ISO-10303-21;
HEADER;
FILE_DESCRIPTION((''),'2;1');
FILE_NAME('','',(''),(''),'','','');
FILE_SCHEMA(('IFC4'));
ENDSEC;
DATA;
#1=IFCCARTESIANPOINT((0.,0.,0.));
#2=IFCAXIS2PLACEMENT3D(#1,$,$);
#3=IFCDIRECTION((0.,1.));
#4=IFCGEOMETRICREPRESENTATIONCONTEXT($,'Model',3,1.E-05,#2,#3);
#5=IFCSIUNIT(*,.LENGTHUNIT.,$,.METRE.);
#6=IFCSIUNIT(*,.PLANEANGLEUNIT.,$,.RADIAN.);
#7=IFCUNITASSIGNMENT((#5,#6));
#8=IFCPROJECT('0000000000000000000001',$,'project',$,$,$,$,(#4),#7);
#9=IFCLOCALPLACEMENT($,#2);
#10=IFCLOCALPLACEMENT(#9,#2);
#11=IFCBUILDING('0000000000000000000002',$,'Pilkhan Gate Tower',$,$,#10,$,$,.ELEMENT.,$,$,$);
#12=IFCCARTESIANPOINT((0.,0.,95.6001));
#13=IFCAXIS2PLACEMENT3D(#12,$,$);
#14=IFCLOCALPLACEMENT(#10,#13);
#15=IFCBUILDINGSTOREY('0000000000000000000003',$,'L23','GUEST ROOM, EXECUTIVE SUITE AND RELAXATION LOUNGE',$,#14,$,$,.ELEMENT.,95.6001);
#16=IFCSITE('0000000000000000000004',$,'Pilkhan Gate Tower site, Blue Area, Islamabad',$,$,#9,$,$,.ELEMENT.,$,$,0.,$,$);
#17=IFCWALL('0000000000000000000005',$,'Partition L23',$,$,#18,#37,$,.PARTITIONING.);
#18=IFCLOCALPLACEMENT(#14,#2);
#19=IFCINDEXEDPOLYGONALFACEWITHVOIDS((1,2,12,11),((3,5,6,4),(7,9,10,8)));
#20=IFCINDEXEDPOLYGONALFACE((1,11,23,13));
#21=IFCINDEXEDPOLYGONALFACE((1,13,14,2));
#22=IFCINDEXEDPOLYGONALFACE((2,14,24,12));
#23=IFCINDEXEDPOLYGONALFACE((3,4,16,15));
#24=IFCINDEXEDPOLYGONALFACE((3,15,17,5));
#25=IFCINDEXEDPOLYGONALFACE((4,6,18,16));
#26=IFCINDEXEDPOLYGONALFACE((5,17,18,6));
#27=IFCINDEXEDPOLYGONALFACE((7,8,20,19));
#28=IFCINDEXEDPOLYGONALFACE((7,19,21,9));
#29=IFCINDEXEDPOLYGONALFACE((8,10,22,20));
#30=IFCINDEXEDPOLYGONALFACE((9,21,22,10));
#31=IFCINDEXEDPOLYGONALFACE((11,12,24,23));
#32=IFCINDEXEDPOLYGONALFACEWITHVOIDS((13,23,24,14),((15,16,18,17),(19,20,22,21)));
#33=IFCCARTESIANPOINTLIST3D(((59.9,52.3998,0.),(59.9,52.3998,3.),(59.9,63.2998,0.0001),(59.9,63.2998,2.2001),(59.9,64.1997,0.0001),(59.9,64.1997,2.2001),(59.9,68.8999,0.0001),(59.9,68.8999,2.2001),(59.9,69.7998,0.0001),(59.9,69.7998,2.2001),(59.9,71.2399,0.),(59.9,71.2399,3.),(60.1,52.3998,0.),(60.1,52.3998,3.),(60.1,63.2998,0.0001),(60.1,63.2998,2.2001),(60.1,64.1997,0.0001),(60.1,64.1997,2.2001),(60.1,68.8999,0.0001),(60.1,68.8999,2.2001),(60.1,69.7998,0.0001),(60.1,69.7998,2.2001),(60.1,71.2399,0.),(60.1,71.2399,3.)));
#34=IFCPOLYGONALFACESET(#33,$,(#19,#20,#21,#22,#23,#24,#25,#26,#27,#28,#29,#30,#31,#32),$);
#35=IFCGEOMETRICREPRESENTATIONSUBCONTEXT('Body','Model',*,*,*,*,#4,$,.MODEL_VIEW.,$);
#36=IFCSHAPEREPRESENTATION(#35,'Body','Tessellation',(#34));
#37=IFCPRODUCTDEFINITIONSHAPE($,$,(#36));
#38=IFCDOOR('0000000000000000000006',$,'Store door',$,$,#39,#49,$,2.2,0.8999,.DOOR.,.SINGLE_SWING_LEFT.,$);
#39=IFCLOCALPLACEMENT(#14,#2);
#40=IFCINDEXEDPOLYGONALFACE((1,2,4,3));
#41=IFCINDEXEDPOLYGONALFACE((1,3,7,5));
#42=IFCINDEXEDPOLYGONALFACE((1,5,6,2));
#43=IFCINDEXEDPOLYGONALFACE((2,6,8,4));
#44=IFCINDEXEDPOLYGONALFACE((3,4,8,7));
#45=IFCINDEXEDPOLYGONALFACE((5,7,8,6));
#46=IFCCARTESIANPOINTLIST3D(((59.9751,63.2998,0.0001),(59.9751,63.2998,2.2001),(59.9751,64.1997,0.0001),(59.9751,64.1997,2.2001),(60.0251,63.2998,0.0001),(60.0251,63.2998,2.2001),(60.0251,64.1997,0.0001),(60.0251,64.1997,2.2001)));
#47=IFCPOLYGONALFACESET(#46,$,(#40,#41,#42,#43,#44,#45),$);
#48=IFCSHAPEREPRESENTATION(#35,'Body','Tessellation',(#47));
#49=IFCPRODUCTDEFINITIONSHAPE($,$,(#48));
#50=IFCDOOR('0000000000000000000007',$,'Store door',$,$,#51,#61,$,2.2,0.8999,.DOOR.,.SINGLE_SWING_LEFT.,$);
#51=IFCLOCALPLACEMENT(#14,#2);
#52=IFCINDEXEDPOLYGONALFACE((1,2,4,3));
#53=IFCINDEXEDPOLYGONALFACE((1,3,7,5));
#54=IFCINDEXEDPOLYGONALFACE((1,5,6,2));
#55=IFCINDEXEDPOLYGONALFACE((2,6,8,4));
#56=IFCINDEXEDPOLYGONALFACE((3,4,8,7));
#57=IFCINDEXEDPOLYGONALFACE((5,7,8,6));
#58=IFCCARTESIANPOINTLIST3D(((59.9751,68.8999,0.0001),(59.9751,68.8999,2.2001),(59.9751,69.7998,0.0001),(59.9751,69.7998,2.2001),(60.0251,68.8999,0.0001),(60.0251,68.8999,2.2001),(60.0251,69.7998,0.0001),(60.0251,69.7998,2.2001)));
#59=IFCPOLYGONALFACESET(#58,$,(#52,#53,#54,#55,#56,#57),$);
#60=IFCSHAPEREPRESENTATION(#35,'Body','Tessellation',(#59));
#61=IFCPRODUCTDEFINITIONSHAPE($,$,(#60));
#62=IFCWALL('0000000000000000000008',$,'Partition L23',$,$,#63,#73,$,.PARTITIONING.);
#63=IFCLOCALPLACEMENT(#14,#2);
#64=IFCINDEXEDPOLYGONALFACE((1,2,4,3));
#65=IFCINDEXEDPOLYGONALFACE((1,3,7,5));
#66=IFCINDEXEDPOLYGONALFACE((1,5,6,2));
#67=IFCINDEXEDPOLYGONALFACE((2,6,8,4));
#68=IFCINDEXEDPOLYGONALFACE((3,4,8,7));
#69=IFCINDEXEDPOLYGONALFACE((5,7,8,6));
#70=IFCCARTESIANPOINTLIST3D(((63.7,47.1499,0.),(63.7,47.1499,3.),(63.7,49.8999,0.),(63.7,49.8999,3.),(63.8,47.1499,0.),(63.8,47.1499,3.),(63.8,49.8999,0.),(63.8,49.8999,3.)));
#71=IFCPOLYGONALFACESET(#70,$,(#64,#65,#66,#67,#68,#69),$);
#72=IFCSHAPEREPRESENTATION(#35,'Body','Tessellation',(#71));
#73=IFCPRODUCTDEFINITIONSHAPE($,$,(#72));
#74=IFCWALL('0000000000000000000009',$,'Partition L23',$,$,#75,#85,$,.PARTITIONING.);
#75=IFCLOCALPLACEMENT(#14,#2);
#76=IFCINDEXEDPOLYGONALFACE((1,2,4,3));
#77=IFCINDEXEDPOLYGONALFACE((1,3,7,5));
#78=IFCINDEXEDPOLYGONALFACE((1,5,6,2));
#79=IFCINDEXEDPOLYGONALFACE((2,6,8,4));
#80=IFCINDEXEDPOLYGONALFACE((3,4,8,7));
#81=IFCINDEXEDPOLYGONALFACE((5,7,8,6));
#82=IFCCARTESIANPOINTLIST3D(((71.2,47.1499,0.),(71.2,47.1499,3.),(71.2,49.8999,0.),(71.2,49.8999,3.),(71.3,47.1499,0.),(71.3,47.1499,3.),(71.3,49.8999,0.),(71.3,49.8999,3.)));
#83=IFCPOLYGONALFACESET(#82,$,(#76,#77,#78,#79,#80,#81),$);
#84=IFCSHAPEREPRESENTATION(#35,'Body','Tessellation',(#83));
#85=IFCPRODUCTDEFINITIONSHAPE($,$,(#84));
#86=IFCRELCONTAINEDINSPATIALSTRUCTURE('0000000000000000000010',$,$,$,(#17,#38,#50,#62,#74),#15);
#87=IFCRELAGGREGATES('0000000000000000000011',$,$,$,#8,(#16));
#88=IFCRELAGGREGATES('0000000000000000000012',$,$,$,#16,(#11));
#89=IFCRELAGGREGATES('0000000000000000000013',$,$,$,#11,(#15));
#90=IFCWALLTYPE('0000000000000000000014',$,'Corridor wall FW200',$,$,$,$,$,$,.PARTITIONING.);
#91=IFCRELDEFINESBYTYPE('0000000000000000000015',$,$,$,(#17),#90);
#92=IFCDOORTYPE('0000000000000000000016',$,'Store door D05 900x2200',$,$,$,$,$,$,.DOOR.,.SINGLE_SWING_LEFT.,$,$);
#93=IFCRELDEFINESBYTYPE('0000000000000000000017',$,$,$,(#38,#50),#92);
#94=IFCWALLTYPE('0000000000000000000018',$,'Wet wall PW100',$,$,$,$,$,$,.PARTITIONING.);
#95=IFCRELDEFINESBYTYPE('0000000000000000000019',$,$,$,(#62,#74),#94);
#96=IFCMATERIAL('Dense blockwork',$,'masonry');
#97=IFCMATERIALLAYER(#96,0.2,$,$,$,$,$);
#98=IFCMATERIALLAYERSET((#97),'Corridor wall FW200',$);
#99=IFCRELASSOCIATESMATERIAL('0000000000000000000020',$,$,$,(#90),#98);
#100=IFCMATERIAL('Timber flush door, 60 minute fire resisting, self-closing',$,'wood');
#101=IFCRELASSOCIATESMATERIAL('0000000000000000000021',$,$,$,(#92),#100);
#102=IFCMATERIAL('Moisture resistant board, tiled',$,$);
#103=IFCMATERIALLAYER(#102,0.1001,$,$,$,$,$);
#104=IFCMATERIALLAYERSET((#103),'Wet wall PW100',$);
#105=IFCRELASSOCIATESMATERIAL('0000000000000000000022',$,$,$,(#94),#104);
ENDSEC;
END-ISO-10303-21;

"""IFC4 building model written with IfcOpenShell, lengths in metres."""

from ifc_helpers import new_model, si_unit, direction, frame, frame_2d, origin, place, context, subcontext, project, spatial, rectangle, extrude, material, layer, layer_set, type_object, element, fill, save


model = new_model("IFC4")

# Units and contexts
model_context = context("Model", 3, precision=1e-05, world=origin(), true_north=direction((0.0, 1.0)))
body_context = subcontext(model_context, "Body", "Model", "MODEL_VIEW")
ifc_project = project(units=[si_unit("LENGTHUNIT", "METRE"), si_unit("PLANEANGLEUNIT", "RADIAN")], contexts=[model_context])

# Site, building, storey
site_placement = place(None, origin())
site = spatial("IfcSite", under=ifc_project, at=site_placement, Name="Pilkhan Gate Tower site, Blue Area, Islamabad", CompositionType="ELEMENT", RefElevation=0.0)
building_placement = place(site_placement, origin())
building = spatial("IfcBuilding", under=site, at=building_placement, Name="Pilkhan Gate Tower", CompositionType="ELEMENT")
storey_placement = place(building_placement, frame((0.0, 0.0, 95.6001)))
storey = spatial("IfcBuildingStorey", under=building, at=storey_placement, Name="L23", Description="GUEST ROOM, EXECUTIVE SUITE AND RELAXATION LOUNGE", CompositionType="ELEMENT", Elevation=95.6001)

# Wall, openings, doors
ifc_material_1 = material(Name="Dense blockwork", Category="masonry")
ifc_layer_1 = layer(ifc_material_1, 0.2)
ifc_layer_set_1 = layer_set([ifc_layer_1], Name="Corridor wall FW200")
wall_type_1 = type_object("IfcWallType", Name="Corridor wall FW200", PredefinedType="PARTITIONING", material=ifc_layer_set_1)
ifc_material_2 = material(Name="Timber flush door, 60 minute fire resisting, self-closing", Category="wood")
door_type_1 = type_object("IfcDoorType", Name="Store door D05 900x2200", OperationType="SINGLE_SWING_LEFT", PredefinedType="DOOR", material=ifc_material_2)
wall_1_placement = place(storey_placement, frame((60.0, 52.3999, 0.0), z_axis=(0.0, 0.0, 1.0), x_axis=(0.0, 1.0, 0.0)))
wall_1 = element("IfcWall", 1, at=wall_1_placement, inside=storey, type_object=wall_type_1, Name="Partition L23", PredefinedType="PARTITIONING", context=body_context, shape_type="SweptSolid", body=[
    extrude(rectangle(XDim=18.8401, YDim=0.2, at=frame_2d((9.4199, 0.0))), origin(), (0.0, 0.0, 1.0), 3.0),
])
opening_1_placement = place(wall_1_placement, frame((10.8999, 0.0, 0.0)))
opening_1 = element("IfcOpeningElement", 2, at=opening_1_placement, cuts=wall_1, PredefinedType="OPENING", context=body_context, shape_type="SweptSolid", body=[
    extrude(rectangle(XDim=0.8999, YDim=2.2, at=frame_2d((0.45, 1.1001))), frame((0.0, 0.1099, 0.0), z_axis=(0.0, -1.0, 0.0), x_axis=(1.0, 0.0, 0.0)), (0.0, 0.0, 1.0), 0.22),
])
opening_2_placement = place(wall_1_placement, frame((16.5, 0.0, 0.0)))
opening_2 = element("IfcOpeningElement", 3, at=opening_2_placement, cuts=wall_1, PredefinedType="OPENING", context=body_context, shape_type="SweptSolid", body=[
    extrude(rectangle(XDim=0.8999, YDim=2.2, at=frame_2d((0.45, 1.1001))), frame((0.0, 0.1099, 0.0), z_axis=(0.0, -1.0, 0.0), x_axis=(1.0, 0.0, 0.0)), (0.0, 0.0, 1.0), 0.22),
])
door_1_placement = place(opening_1_placement, origin())
door_1 = element("IfcDoor", 4, at=door_1_placement, inside=storey, type_object=door_type_1, Name="Store door", OperationType="SINGLE_SWING_LEFT", OverallHeight=2.2, OverallWidth=0.8999, PredefinedType="DOOR", context=body_context, shape_type="SweptSolid", body=[
    extrude(rectangle(XDim=0.8999, YDim=2.2, at=frame_2d((0.45, 1.1001))), frame((0.0, 0.0249, 0.0), z_axis=(0.0, -1.0, 0.0), x_axis=(1.0, 0.0, 0.0)), (0.0, 0.0, 1.0), 0.05),
])
fill(opening_1, door_1)
door_2_placement = place(opening_2_placement, origin())
door_2 = element("IfcDoor", 5, at=door_2_placement, inside=storey, type_object=door_type_1, Name="Store door", OperationType="SINGLE_SWING_LEFT", OverallHeight=2.2, OverallWidth=0.8999, PredefinedType="DOOR", context=body_context, shape_type="SweptSolid", body=[
    extrude(rectangle(XDim=0.8999, YDim=2.2, at=frame_2d((0.45, 1.1001))), frame((0.0, 0.0249, 0.0), z_axis=(0.0, -1.0, 0.0), x_axis=(1.0, 0.0, 0.0)), (0.0, 0.0, 1.0), 0.05),
])
fill(opening_2, door_2)

# Walls
ifc_material_3 = material(Name="Moisture resistant board, tiled")
ifc_layer_2 = layer(ifc_material_3, 0.1001)
ifc_layer_set_2 = layer_set([ifc_layer_2], Name="Wet wall PW100")
wall_type_2 = type_object("IfcWallType", Name="Wet wall PW100", PredefinedType="PARTITIONING", material=ifc_layer_set_2)
for number, where, z_axis, x_axis, name in (
    (6, (63.75, 47.1499, 0.0), (0.0, 0.0, 1.0), (0.0, 1.0, 0.0), "Partition L23"),
    (7, (71.25, 47.1499, 0.0), (0.0, 0.0, 1.0), (0.0, 1.0, 0.0), "Partition L23"),
):
    element("IfcWall", number, at=place(storey_placement, frame(where, z_axis=z_axis, x_axis=x_axis)), inside=storey, type_object=wall_type_2, Name=name, PredefinedType="PARTITIONING", context=body_context, shape_type="SweptSolid", body=[
        extrude(rectangle(XDim=2.75, YDim=0.1001, at=frame_2d((1.375, 0.0))), origin(), (0.0, 0.0, 1.0), 3.0),
    ])

save(model, "model.ifc")
